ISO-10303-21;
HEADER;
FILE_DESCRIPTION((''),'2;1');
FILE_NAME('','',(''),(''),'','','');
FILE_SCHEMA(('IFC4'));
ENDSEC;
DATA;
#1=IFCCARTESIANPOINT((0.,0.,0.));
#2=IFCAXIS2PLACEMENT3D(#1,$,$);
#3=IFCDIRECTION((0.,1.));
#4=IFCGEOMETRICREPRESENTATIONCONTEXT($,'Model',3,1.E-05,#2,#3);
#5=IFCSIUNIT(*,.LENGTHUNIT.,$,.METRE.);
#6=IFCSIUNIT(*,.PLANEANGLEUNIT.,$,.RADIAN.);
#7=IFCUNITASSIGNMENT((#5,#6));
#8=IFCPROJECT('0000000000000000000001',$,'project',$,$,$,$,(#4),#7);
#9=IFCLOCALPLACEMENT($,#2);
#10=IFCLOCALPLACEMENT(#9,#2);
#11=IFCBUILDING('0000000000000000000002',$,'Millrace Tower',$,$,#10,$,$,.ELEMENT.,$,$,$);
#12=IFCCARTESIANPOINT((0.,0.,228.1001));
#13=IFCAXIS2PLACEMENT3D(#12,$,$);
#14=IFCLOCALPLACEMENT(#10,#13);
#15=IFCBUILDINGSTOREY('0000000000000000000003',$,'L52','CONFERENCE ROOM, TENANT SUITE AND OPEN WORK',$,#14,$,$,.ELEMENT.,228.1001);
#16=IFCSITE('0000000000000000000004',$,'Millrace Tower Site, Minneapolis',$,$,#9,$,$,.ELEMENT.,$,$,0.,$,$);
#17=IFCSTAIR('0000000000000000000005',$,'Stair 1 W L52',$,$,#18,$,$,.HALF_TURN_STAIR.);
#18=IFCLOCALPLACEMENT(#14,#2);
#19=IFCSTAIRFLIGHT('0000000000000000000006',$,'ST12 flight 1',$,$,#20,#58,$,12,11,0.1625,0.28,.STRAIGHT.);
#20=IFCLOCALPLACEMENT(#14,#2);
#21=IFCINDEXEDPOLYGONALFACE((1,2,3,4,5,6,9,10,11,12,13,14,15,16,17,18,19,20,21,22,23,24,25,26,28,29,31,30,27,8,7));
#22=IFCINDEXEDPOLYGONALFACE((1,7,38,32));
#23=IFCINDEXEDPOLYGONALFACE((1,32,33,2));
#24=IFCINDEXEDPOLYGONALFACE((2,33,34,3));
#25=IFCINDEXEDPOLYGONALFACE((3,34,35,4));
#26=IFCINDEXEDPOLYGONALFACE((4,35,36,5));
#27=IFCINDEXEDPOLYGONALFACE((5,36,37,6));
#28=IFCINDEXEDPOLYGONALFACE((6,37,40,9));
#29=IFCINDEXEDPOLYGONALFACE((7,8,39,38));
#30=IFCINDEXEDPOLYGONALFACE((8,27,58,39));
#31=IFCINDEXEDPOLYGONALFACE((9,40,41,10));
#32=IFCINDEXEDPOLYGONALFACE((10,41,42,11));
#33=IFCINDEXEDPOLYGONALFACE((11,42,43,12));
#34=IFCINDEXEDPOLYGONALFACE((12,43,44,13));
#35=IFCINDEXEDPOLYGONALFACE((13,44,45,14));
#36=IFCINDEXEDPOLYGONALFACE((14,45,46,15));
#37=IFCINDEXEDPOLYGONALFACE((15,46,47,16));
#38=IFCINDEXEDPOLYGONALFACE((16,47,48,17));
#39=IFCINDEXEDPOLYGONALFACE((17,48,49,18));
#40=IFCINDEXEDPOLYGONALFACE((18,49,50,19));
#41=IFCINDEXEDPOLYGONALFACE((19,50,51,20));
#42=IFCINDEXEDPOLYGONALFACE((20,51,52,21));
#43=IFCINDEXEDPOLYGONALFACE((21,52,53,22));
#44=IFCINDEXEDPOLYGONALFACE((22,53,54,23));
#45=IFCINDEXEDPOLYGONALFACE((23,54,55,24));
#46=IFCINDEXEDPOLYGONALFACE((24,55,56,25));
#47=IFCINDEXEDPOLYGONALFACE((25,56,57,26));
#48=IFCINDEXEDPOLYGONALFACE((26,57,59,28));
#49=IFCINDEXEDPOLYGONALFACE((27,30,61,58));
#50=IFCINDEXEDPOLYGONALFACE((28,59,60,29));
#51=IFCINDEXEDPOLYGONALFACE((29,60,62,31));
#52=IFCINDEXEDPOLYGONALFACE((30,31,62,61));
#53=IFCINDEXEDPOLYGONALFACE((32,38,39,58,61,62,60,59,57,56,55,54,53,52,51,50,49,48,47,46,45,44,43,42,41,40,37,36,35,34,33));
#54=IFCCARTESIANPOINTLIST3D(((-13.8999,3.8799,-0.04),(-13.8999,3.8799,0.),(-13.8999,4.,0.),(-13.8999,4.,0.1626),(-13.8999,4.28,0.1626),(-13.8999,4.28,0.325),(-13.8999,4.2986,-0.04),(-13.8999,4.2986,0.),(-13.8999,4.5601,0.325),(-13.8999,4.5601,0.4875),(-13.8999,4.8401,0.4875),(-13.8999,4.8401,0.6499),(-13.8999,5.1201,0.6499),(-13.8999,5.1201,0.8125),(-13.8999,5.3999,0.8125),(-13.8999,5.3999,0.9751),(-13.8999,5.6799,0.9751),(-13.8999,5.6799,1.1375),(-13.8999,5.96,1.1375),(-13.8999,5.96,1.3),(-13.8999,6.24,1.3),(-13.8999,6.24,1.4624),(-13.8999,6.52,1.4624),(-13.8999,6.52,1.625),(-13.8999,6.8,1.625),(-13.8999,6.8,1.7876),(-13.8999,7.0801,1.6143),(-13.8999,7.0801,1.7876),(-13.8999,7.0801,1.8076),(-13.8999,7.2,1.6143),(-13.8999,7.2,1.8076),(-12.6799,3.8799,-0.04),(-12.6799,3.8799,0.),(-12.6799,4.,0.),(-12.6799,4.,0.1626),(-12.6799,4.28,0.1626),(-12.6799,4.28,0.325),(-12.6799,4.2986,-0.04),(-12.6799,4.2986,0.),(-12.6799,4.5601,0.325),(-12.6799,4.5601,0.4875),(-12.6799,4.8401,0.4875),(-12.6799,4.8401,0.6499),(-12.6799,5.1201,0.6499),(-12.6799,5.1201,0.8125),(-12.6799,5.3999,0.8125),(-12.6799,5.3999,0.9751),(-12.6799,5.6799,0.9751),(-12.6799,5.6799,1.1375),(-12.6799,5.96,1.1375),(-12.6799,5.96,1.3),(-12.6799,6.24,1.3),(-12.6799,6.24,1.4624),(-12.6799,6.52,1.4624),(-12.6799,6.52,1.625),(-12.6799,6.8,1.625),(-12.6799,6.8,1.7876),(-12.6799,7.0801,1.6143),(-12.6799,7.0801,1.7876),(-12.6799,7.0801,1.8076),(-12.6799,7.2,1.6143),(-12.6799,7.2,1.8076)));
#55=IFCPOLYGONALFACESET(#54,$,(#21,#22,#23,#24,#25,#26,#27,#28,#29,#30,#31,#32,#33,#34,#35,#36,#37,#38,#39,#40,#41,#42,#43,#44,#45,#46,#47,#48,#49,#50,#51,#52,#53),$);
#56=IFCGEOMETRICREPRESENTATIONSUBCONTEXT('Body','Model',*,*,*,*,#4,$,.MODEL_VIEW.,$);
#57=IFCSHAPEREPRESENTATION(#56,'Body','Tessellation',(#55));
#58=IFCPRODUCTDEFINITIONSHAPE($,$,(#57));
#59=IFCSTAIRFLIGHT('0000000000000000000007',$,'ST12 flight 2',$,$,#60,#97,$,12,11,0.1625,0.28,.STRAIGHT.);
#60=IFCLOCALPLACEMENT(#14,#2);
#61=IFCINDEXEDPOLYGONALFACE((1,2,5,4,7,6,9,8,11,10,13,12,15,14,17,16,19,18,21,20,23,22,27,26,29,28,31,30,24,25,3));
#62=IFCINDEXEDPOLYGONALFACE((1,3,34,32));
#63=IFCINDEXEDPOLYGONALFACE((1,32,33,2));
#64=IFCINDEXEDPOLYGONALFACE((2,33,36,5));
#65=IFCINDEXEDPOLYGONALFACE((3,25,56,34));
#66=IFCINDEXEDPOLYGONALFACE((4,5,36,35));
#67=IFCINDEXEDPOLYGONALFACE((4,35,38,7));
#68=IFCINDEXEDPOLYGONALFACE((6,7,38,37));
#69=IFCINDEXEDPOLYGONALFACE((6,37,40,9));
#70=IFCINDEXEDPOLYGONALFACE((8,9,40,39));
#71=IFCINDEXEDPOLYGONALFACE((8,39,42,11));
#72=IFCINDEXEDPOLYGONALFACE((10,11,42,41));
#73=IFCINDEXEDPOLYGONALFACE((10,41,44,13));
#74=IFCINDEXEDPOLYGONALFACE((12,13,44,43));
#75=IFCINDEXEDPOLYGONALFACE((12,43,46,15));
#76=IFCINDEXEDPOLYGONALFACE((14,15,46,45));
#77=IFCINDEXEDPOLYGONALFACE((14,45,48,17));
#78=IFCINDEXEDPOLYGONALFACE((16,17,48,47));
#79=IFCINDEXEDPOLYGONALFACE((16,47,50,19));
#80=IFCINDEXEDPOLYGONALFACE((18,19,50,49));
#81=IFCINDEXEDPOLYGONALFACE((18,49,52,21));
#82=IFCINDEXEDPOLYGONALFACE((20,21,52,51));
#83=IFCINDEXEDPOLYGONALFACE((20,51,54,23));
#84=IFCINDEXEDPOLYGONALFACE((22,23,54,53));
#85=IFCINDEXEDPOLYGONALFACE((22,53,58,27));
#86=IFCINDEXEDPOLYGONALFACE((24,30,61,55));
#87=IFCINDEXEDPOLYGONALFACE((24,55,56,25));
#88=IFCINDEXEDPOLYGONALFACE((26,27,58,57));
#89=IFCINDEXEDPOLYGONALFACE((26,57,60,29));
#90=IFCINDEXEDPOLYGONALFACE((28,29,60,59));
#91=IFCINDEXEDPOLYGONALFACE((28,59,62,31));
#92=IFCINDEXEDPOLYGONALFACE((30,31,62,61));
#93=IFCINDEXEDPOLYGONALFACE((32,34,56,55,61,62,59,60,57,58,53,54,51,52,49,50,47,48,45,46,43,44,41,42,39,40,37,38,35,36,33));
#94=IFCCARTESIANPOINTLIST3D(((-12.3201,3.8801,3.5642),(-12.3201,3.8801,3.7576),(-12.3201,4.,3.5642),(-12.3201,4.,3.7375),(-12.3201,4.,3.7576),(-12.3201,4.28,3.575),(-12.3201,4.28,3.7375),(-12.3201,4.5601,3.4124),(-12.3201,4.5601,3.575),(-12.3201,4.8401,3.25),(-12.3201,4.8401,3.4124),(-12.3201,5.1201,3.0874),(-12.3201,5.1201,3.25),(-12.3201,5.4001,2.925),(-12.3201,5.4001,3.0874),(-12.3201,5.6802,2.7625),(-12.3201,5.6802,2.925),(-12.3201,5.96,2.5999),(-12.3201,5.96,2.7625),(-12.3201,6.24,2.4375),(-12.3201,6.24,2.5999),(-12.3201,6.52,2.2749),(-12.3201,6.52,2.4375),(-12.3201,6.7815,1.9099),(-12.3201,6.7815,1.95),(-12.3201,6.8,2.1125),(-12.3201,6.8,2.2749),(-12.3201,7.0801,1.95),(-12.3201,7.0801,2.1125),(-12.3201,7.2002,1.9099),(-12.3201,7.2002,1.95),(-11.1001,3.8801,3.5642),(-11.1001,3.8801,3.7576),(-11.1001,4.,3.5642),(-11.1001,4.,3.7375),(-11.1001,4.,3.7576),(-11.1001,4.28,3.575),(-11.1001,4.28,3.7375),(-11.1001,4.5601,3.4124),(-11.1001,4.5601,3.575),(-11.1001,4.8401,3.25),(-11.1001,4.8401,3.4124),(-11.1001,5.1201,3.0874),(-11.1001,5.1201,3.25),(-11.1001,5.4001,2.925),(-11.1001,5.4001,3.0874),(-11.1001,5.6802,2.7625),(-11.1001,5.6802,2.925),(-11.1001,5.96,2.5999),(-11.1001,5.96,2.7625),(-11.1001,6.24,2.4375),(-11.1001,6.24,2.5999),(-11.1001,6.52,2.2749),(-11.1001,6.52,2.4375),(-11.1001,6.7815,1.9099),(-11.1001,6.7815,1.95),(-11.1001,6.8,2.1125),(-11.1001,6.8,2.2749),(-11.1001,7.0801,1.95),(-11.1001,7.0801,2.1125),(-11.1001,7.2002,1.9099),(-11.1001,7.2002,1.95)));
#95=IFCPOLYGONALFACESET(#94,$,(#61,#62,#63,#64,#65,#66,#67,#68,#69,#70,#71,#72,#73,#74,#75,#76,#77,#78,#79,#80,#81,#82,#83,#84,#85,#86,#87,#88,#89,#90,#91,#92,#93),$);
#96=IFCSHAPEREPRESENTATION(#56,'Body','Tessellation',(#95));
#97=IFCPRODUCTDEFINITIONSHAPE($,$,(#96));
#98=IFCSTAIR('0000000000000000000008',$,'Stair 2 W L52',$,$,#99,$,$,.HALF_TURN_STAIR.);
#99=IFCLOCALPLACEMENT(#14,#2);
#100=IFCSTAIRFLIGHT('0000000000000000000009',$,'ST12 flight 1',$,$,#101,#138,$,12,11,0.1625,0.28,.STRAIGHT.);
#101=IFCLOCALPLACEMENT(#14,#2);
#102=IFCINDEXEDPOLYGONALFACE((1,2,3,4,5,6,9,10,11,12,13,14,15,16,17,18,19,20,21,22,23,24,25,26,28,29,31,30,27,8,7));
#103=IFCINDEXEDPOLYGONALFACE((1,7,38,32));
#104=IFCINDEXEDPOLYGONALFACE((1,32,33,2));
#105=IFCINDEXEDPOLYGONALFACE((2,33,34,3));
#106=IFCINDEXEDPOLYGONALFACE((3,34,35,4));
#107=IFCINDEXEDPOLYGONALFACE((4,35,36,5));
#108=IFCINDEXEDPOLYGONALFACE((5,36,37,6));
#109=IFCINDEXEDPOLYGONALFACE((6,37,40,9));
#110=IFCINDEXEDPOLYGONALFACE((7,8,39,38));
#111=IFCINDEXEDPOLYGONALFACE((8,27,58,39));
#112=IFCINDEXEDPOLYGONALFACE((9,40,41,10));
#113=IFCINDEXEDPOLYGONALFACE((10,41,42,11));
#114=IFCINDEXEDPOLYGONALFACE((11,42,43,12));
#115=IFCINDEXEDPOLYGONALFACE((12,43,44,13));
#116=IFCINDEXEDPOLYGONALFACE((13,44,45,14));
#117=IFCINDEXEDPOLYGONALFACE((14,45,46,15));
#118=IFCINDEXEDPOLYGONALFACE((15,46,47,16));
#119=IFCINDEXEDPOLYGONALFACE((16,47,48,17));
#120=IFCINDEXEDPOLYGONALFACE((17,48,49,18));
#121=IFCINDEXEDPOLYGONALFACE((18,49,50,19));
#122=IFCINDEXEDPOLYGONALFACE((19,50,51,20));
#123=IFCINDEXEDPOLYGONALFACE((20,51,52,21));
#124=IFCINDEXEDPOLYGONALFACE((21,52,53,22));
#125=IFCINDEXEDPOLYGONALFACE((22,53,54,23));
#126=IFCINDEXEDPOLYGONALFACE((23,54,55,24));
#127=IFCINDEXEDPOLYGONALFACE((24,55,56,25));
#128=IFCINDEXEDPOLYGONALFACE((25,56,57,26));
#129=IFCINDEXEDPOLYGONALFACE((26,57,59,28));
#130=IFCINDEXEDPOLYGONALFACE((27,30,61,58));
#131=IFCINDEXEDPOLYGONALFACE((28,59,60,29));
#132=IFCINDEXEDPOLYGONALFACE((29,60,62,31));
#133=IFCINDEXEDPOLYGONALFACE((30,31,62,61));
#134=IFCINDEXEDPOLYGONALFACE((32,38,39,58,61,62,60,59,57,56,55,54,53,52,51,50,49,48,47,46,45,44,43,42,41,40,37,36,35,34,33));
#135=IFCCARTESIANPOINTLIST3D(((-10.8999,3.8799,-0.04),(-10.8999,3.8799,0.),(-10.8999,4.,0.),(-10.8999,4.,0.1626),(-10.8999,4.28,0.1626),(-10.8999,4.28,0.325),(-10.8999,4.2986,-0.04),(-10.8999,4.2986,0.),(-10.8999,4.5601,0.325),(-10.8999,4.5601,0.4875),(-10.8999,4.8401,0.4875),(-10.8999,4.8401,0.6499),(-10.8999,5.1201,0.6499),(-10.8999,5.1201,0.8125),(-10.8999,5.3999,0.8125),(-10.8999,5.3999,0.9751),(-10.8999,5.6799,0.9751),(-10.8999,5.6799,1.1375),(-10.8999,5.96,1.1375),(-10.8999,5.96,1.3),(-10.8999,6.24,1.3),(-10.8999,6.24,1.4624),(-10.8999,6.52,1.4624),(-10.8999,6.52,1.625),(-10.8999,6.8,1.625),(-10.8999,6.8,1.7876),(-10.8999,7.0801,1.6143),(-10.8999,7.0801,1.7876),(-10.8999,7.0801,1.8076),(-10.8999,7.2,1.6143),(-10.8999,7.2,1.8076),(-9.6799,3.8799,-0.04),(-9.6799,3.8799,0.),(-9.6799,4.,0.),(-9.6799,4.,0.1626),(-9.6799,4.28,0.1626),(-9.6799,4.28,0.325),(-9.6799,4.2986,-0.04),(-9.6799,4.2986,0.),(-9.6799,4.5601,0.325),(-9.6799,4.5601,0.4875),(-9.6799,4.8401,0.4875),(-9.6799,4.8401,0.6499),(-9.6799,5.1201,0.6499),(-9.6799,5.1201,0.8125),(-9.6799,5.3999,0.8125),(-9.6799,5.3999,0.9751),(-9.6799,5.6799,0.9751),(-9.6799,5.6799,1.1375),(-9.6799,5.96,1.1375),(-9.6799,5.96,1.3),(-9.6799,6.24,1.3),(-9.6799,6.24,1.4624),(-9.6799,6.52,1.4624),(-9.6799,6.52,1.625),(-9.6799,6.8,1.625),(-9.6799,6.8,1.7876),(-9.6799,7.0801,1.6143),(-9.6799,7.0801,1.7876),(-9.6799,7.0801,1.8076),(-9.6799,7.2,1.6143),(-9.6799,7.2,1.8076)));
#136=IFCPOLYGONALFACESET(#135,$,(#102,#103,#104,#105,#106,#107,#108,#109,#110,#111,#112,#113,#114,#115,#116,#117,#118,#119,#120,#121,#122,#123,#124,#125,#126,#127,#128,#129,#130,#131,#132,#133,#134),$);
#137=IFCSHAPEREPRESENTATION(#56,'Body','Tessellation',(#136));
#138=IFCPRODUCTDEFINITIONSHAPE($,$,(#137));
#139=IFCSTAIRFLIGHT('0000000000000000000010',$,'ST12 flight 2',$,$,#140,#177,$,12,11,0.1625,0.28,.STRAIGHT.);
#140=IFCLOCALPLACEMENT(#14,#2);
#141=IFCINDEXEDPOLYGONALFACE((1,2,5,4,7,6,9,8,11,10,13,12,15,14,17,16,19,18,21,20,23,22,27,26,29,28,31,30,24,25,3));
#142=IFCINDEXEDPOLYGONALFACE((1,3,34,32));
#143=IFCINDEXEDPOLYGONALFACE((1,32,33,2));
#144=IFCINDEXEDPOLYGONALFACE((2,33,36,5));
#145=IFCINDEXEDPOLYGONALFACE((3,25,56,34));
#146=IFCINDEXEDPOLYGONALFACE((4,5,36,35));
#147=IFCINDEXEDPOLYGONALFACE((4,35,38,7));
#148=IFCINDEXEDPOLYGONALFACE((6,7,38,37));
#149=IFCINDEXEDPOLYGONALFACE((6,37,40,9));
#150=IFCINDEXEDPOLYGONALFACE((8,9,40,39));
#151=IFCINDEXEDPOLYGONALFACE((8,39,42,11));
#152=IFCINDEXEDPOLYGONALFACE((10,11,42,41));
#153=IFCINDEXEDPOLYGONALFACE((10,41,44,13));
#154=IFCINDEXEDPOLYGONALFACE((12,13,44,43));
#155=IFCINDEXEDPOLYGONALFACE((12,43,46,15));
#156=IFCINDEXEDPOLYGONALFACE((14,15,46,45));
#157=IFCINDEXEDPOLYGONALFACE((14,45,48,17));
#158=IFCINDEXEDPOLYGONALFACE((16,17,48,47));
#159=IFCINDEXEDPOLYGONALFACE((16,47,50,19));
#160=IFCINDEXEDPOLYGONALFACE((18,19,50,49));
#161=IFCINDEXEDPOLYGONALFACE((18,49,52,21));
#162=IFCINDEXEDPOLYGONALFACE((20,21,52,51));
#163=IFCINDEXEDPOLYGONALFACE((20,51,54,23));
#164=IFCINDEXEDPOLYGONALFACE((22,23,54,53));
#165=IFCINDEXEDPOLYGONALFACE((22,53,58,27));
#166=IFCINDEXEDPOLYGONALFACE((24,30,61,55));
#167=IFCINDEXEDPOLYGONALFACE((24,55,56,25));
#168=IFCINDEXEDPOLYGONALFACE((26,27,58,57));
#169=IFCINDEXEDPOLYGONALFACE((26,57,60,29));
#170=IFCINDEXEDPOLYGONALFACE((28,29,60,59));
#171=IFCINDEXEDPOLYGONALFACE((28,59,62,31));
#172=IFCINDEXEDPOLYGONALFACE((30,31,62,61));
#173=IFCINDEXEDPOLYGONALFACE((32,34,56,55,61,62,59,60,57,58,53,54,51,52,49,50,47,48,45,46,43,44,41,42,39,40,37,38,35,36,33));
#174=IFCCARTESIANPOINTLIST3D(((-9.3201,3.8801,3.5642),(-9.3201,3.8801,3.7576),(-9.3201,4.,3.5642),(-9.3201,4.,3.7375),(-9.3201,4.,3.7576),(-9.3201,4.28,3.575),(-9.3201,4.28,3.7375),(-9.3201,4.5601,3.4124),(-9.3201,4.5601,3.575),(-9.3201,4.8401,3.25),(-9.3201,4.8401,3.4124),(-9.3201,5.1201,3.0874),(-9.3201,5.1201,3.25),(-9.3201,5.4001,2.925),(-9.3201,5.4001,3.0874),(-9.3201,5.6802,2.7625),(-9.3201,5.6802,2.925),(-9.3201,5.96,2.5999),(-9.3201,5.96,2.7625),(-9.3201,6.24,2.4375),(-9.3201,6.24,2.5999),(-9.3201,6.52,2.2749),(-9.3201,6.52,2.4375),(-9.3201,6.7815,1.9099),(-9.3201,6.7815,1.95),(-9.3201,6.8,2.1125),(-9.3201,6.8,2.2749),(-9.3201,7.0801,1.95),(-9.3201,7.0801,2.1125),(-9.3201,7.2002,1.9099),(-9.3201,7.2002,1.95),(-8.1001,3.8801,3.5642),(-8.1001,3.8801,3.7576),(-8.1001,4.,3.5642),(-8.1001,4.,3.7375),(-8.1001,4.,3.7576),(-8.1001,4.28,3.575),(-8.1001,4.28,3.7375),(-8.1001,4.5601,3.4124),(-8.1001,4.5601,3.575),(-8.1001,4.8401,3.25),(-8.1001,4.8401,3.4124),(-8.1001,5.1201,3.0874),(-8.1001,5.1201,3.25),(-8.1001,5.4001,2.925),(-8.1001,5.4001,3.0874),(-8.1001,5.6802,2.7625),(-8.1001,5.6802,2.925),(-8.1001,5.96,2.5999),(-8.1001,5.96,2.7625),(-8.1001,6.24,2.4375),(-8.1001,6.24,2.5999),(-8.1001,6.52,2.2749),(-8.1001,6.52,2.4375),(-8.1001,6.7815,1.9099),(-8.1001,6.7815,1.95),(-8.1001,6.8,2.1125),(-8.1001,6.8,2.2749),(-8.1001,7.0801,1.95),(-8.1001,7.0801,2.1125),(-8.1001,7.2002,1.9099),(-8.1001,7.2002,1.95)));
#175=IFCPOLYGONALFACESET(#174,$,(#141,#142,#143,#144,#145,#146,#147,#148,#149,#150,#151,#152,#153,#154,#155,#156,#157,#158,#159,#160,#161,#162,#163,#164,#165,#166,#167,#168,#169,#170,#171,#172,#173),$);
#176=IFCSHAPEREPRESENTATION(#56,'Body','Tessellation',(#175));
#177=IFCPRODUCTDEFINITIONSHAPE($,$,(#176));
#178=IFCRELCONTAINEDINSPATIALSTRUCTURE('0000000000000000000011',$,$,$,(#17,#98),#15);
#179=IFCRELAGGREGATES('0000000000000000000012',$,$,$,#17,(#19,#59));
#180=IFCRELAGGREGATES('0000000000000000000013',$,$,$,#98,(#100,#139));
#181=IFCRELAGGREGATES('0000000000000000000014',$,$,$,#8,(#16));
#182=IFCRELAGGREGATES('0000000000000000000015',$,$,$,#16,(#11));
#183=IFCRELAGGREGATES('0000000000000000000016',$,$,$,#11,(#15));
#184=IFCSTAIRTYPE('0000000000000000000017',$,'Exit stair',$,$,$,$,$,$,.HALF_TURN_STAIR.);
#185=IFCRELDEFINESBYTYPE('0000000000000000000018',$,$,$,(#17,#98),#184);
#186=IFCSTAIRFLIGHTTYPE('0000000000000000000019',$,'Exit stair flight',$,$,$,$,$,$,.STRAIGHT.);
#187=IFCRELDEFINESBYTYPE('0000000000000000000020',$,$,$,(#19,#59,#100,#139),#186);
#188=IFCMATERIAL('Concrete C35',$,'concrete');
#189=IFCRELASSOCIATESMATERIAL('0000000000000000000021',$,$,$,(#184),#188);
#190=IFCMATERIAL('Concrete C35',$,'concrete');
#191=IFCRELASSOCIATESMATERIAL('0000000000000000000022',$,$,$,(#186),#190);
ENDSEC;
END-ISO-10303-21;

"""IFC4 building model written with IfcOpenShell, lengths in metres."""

from ifc_helpers import new_model, si_unit, direction, frame, origin, place, context, subcontext, project, spatial, polyline, outline, extrude, material, type_object, element, aggregate, save


model = new_model("IFC4")

# Units and contexts
model_context = context("Model", 3, precision=1e-05, world=origin(), true_north=direction((0.0, 1.0)))
body_context = subcontext(model_context, "Body", "Model", "MODEL_VIEW")
ifc_project = project(units=[si_unit("LENGTHUNIT", "METRE"), si_unit("PLANEANGLEUNIT", "RADIAN")], contexts=[model_context])

# Site, building, storey
site_placement = place(None, origin())
site = spatial("IfcSite", under=ifc_project, at=site_placement, Name="Millrace Tower Site, Minneapolis", CompositionType="ELEMENT", RefElevation=0.0)
building_placement = place(site_placement, origin())
building = spatial("IfcBuilding", under=site, at=building_placement, Name="Millrace Tower", CompositionType="ELEMENT")
storey_placement = place(building_placement, frame((0.0, 0.0, 228.1001)))
storey = spatial("IfcBuildingStorey", under=building, at=storey_placement, Name="L52", Description="CONFERENCE ROOM, TENANT SUITE AND OPEN WORK", CompositionType="ELEMENT", Elevation=228.1001)

# Stairs, stair flights
ifc_material_1 = material(Name="Concrete C35", Category="concrete")
stair_type = type_object("IfcStairType", Name="Exit stair", PredefinedType="HALF_TURN_STAIR", material=ifc_material_1)
placement = place(storey_placement, origin())
stair_1 = element("IfcStair", 1, at=placement, inside=storey, type_object=stair_type, Name="Stair 1 W L52", PredefinedType="HALF_TURN_STAIR")
ifc_material_2 = material(Name="Concrete C35", Category="concrete")
stair_flight_type = type_object("IfcStairFlightType", Name="Exit stair flight", PredefinedType="STRAIGHT", material=ifc_material_2)
stair_flight_1_placement = place(storey_placement, frame((-13.29, 4.0, 0.0), z_axis=(0.0, 0.0, 1.0), x_axis=(0.0, 1.0, 0.0)))
stair_flight_1 = element("IfcStairFlight", 2, at=stair_flight_1_placement, type_object=stair_flight_type, Name="ST12 flight 1", NumberOfRisers=12, NumberOfTreads=11, PredefinedType="STRAIGHT", RiserHeight=0.1625, TreadLength=0.28, context=body_context, shape_type="SweptSolid", body=[
    extrude(outline(polyline([(-0.1201, -0.04), (-0.1201, 0.0), (0.0, 0.0), (0.0, 0.1626), (0.28, 0.1626), (0.28, 0.325), (0.5601, 0.325), (0.5601, 0.4875), (0.8401, 0.4875), (0.8401, 0.6499), (1.1201, 0.6499), (1.1201, 0.8125), (1.3999, 0.8125), (1.3999, 0.9751), (1.6799, 0.9751), (1.6799, 1.1375), (1.96, 1.1375), (1.96, 1.3), (2.24, 1.3), (2.24, 1.4624), (2.52, 1.4624), (2.52, 1.625), (2.8, 1.625), (2.8, 1.7876), (3.0801, 1.7876), (3.0801, 1.8076), (3.2, 1.8076), (3.2, 1.6143), (3.0801, 1.6143), (0.2986, 0.0), (0.2986, -0.04), (-0.1201, -0.04)])), frame((0.0, 0.6099, 0.0), z_axis=(0.0, -1.0, 0.0), x_axis=(1.0, 0.0, 0.0)), (0.0, 0.0, 1.0), 1.22),
])
stair_flight_2_placement = place(storey_placement, frame((-11.71, 7.0801, 1.95), z_axis=(0.0, 0.0, 1.0), x_axis=(0.0, -1.0, 0.0)))
stair_flight_2 = element("IfcStairFlight", 3, at=stair_flight_2_placement, type_object=stair_flight_type, Name="ST12 flight 2", NumberOfRisers=12, NumberOfTreads=11, PredefinedType="STRAIGHT", RiserHeight=0.1625, TreadLength=0.28, context=body_context, shape_type="SweptSolid", body=[
    extrude(outline(polyline([(-0.1201, -0.04), (-0.1201, 0.0), (0.0, 0.0), (0.0, 0.1626), (0.28, 0.1626), (0.28, 0.325), (0.5601, 0.325), (0.5601, 0.4875), (0.8401, 0.4875), (0.8401, 0.6499), (1.1201, 0.6499), (1.1201, 0.8125), (1.3999, 0.8125), (1.3999, 0.9751), (1.6799, 0.9751), (1.6799, 1.1375), (1.96, 1.1375), (1.96, 1.3), (2.24, 1.3), (2.24, 1.4624), (2.52, 1.4624), (2.52, 1.625), (2.8, 1.625), (2.8, 1.7876), (3.0801, 1.7876), (3.0801, 1.8076), (3.2, 1.8076), (3.2, 1.6143), (3.0801, 1.6143), (0.2986, 0.0), (0.2986, -0.04), (-0.1201, -0.04)])), frame((0.0, 0.6099, 0.0), z_axis=(0.0, -1.0, 0.0), x_axis=(1.0, 0.0, 0.0)), (0.0, 0.0, 1.0), 1.22),
])
aggregate(stair_1, [stair_flight_1, stair_flight_2])
stair_2 = element("IfcStair", 4, at=placement, inside=storey, type_object=stair_type, Name="Stair 2 W L52", PredefinedType="HALF_TURN_STAIR")
stair_flight_3_placement = place(storey_placement, frame((-10.29, 4.0, 0.0), z_axis=(0.0, 0.0, 1.0), x_axis=(0.0, 1.0, 0.0)))
stair_flight_3 = element("IfcStairFlight", 5, at=stair_flight_3_placement, type_object=stair_flight_type, Name="ST12 flight 1", NumberOfRisers=12, NumberOfTreads=11, PredefinedType="STRAIGHT", RiserHeight=0.1625, TreadLength=0.28, context=body_context, shape_type="SweptSolid", body=[
    extrude(outline(polyline([(-0.1201, -0.04), (-0.1201, 0.0), (0.0, 0.0), (0.0, 0.1626), (0.28, 0.1626), (0.28, 0.325), (0.5601, 0.325), (0.5601, 0.4875), (0.8401, 0.4875), (0.8401, 0.6499), (1.1201, 0.6499), (1.1201, 0.8125), (1.3999, 0.8125), (1.3999, 0.9751), (1.6799, 0.9751), (1.6799, 1.1375), (1.96, 1.1375), (1.96, 1.3), (2.24, 1.3), (2.24, 1.4624), (2.52, 1.4624), (2.52, 1.625), (2.8, 1.625), (2.8, 1.7876), (3.0801, 1.7876), (3.0801, 1.8076), (3.2, 1.8076), (3.2, 1.6143), (3.0801, 1.6143), (0.2986, 0.0), (0.2986, -0.04), (-0.1201, -0.04)])), frame((0.0, 0.6099, 0.0), z_axis=(0.0, -1.0, 0.0), x_axis=(1.0, 0.0, 0.0)), (0.0, 0.0, 1.0), 1.22),
])
stair_flight_4_placement = place(storey_placement, frame((-8.71, 7.0801, 1.95), z_axis=(0.0, 0.0, 1.0), x_axis=(0.0, -1.0, 0.0)))
stair_flight_4 = element("IfcStairFlight", 6, at=stair_flight_4_placement, type_object=stair_flight_type, Name="ST12 flight 2", NumberOfRisers=12, NumberOfTreads=11, PredefinedType="STRAIGHT", RiserHeight=0.1625, TreadLength=0.28, context=body_context, shape_type="SweptSolid", body=[
    extrude(outline(polyline([(-0.1201, -0.04), (-0.1201, 0.0), (0.0, 0.0), (0.0, 0.1626), (0.28, 0.1626), (0.28, 0.325), (0.5601, 0.325), (0.5601, 0.4875), (0.8401, 0.4875), (0.8401, 0.6499), (1.1201, 0.6499), (1.1201, 0.8125), (1.3999, 0.8125), (1.3999, 0.9751), (1.6799, 0.9751), (1.6799, 1.1375), (1.96, 1.1375), (1.96, 1.3), (2.24, 1.3), (2.24, 1.4624), (2.52, 1.4624), (2.52, 1.625), (2.8, 1.625), (2.8, 1.7876), (3.0801, 1.7876), (3.0801, 1.8076), (3.2, 1.8076), (3.2, 1.6143), (3.0801, 1.6143), (0.2986, 0.0), (0.2986, -0.04), (-0.1201, -0.04)])), frame((0.0, 0.6099, 0.0), z_axis=(0.0, -1.0, 0.0), x_axis=(1.0, 0.0, 0.0)), (0.0, 0.0, 1.0), 1.22),
])
aggregate(stair_2, [stair_flight_3, stair_flight_4])

save(model, "model.ifc")
